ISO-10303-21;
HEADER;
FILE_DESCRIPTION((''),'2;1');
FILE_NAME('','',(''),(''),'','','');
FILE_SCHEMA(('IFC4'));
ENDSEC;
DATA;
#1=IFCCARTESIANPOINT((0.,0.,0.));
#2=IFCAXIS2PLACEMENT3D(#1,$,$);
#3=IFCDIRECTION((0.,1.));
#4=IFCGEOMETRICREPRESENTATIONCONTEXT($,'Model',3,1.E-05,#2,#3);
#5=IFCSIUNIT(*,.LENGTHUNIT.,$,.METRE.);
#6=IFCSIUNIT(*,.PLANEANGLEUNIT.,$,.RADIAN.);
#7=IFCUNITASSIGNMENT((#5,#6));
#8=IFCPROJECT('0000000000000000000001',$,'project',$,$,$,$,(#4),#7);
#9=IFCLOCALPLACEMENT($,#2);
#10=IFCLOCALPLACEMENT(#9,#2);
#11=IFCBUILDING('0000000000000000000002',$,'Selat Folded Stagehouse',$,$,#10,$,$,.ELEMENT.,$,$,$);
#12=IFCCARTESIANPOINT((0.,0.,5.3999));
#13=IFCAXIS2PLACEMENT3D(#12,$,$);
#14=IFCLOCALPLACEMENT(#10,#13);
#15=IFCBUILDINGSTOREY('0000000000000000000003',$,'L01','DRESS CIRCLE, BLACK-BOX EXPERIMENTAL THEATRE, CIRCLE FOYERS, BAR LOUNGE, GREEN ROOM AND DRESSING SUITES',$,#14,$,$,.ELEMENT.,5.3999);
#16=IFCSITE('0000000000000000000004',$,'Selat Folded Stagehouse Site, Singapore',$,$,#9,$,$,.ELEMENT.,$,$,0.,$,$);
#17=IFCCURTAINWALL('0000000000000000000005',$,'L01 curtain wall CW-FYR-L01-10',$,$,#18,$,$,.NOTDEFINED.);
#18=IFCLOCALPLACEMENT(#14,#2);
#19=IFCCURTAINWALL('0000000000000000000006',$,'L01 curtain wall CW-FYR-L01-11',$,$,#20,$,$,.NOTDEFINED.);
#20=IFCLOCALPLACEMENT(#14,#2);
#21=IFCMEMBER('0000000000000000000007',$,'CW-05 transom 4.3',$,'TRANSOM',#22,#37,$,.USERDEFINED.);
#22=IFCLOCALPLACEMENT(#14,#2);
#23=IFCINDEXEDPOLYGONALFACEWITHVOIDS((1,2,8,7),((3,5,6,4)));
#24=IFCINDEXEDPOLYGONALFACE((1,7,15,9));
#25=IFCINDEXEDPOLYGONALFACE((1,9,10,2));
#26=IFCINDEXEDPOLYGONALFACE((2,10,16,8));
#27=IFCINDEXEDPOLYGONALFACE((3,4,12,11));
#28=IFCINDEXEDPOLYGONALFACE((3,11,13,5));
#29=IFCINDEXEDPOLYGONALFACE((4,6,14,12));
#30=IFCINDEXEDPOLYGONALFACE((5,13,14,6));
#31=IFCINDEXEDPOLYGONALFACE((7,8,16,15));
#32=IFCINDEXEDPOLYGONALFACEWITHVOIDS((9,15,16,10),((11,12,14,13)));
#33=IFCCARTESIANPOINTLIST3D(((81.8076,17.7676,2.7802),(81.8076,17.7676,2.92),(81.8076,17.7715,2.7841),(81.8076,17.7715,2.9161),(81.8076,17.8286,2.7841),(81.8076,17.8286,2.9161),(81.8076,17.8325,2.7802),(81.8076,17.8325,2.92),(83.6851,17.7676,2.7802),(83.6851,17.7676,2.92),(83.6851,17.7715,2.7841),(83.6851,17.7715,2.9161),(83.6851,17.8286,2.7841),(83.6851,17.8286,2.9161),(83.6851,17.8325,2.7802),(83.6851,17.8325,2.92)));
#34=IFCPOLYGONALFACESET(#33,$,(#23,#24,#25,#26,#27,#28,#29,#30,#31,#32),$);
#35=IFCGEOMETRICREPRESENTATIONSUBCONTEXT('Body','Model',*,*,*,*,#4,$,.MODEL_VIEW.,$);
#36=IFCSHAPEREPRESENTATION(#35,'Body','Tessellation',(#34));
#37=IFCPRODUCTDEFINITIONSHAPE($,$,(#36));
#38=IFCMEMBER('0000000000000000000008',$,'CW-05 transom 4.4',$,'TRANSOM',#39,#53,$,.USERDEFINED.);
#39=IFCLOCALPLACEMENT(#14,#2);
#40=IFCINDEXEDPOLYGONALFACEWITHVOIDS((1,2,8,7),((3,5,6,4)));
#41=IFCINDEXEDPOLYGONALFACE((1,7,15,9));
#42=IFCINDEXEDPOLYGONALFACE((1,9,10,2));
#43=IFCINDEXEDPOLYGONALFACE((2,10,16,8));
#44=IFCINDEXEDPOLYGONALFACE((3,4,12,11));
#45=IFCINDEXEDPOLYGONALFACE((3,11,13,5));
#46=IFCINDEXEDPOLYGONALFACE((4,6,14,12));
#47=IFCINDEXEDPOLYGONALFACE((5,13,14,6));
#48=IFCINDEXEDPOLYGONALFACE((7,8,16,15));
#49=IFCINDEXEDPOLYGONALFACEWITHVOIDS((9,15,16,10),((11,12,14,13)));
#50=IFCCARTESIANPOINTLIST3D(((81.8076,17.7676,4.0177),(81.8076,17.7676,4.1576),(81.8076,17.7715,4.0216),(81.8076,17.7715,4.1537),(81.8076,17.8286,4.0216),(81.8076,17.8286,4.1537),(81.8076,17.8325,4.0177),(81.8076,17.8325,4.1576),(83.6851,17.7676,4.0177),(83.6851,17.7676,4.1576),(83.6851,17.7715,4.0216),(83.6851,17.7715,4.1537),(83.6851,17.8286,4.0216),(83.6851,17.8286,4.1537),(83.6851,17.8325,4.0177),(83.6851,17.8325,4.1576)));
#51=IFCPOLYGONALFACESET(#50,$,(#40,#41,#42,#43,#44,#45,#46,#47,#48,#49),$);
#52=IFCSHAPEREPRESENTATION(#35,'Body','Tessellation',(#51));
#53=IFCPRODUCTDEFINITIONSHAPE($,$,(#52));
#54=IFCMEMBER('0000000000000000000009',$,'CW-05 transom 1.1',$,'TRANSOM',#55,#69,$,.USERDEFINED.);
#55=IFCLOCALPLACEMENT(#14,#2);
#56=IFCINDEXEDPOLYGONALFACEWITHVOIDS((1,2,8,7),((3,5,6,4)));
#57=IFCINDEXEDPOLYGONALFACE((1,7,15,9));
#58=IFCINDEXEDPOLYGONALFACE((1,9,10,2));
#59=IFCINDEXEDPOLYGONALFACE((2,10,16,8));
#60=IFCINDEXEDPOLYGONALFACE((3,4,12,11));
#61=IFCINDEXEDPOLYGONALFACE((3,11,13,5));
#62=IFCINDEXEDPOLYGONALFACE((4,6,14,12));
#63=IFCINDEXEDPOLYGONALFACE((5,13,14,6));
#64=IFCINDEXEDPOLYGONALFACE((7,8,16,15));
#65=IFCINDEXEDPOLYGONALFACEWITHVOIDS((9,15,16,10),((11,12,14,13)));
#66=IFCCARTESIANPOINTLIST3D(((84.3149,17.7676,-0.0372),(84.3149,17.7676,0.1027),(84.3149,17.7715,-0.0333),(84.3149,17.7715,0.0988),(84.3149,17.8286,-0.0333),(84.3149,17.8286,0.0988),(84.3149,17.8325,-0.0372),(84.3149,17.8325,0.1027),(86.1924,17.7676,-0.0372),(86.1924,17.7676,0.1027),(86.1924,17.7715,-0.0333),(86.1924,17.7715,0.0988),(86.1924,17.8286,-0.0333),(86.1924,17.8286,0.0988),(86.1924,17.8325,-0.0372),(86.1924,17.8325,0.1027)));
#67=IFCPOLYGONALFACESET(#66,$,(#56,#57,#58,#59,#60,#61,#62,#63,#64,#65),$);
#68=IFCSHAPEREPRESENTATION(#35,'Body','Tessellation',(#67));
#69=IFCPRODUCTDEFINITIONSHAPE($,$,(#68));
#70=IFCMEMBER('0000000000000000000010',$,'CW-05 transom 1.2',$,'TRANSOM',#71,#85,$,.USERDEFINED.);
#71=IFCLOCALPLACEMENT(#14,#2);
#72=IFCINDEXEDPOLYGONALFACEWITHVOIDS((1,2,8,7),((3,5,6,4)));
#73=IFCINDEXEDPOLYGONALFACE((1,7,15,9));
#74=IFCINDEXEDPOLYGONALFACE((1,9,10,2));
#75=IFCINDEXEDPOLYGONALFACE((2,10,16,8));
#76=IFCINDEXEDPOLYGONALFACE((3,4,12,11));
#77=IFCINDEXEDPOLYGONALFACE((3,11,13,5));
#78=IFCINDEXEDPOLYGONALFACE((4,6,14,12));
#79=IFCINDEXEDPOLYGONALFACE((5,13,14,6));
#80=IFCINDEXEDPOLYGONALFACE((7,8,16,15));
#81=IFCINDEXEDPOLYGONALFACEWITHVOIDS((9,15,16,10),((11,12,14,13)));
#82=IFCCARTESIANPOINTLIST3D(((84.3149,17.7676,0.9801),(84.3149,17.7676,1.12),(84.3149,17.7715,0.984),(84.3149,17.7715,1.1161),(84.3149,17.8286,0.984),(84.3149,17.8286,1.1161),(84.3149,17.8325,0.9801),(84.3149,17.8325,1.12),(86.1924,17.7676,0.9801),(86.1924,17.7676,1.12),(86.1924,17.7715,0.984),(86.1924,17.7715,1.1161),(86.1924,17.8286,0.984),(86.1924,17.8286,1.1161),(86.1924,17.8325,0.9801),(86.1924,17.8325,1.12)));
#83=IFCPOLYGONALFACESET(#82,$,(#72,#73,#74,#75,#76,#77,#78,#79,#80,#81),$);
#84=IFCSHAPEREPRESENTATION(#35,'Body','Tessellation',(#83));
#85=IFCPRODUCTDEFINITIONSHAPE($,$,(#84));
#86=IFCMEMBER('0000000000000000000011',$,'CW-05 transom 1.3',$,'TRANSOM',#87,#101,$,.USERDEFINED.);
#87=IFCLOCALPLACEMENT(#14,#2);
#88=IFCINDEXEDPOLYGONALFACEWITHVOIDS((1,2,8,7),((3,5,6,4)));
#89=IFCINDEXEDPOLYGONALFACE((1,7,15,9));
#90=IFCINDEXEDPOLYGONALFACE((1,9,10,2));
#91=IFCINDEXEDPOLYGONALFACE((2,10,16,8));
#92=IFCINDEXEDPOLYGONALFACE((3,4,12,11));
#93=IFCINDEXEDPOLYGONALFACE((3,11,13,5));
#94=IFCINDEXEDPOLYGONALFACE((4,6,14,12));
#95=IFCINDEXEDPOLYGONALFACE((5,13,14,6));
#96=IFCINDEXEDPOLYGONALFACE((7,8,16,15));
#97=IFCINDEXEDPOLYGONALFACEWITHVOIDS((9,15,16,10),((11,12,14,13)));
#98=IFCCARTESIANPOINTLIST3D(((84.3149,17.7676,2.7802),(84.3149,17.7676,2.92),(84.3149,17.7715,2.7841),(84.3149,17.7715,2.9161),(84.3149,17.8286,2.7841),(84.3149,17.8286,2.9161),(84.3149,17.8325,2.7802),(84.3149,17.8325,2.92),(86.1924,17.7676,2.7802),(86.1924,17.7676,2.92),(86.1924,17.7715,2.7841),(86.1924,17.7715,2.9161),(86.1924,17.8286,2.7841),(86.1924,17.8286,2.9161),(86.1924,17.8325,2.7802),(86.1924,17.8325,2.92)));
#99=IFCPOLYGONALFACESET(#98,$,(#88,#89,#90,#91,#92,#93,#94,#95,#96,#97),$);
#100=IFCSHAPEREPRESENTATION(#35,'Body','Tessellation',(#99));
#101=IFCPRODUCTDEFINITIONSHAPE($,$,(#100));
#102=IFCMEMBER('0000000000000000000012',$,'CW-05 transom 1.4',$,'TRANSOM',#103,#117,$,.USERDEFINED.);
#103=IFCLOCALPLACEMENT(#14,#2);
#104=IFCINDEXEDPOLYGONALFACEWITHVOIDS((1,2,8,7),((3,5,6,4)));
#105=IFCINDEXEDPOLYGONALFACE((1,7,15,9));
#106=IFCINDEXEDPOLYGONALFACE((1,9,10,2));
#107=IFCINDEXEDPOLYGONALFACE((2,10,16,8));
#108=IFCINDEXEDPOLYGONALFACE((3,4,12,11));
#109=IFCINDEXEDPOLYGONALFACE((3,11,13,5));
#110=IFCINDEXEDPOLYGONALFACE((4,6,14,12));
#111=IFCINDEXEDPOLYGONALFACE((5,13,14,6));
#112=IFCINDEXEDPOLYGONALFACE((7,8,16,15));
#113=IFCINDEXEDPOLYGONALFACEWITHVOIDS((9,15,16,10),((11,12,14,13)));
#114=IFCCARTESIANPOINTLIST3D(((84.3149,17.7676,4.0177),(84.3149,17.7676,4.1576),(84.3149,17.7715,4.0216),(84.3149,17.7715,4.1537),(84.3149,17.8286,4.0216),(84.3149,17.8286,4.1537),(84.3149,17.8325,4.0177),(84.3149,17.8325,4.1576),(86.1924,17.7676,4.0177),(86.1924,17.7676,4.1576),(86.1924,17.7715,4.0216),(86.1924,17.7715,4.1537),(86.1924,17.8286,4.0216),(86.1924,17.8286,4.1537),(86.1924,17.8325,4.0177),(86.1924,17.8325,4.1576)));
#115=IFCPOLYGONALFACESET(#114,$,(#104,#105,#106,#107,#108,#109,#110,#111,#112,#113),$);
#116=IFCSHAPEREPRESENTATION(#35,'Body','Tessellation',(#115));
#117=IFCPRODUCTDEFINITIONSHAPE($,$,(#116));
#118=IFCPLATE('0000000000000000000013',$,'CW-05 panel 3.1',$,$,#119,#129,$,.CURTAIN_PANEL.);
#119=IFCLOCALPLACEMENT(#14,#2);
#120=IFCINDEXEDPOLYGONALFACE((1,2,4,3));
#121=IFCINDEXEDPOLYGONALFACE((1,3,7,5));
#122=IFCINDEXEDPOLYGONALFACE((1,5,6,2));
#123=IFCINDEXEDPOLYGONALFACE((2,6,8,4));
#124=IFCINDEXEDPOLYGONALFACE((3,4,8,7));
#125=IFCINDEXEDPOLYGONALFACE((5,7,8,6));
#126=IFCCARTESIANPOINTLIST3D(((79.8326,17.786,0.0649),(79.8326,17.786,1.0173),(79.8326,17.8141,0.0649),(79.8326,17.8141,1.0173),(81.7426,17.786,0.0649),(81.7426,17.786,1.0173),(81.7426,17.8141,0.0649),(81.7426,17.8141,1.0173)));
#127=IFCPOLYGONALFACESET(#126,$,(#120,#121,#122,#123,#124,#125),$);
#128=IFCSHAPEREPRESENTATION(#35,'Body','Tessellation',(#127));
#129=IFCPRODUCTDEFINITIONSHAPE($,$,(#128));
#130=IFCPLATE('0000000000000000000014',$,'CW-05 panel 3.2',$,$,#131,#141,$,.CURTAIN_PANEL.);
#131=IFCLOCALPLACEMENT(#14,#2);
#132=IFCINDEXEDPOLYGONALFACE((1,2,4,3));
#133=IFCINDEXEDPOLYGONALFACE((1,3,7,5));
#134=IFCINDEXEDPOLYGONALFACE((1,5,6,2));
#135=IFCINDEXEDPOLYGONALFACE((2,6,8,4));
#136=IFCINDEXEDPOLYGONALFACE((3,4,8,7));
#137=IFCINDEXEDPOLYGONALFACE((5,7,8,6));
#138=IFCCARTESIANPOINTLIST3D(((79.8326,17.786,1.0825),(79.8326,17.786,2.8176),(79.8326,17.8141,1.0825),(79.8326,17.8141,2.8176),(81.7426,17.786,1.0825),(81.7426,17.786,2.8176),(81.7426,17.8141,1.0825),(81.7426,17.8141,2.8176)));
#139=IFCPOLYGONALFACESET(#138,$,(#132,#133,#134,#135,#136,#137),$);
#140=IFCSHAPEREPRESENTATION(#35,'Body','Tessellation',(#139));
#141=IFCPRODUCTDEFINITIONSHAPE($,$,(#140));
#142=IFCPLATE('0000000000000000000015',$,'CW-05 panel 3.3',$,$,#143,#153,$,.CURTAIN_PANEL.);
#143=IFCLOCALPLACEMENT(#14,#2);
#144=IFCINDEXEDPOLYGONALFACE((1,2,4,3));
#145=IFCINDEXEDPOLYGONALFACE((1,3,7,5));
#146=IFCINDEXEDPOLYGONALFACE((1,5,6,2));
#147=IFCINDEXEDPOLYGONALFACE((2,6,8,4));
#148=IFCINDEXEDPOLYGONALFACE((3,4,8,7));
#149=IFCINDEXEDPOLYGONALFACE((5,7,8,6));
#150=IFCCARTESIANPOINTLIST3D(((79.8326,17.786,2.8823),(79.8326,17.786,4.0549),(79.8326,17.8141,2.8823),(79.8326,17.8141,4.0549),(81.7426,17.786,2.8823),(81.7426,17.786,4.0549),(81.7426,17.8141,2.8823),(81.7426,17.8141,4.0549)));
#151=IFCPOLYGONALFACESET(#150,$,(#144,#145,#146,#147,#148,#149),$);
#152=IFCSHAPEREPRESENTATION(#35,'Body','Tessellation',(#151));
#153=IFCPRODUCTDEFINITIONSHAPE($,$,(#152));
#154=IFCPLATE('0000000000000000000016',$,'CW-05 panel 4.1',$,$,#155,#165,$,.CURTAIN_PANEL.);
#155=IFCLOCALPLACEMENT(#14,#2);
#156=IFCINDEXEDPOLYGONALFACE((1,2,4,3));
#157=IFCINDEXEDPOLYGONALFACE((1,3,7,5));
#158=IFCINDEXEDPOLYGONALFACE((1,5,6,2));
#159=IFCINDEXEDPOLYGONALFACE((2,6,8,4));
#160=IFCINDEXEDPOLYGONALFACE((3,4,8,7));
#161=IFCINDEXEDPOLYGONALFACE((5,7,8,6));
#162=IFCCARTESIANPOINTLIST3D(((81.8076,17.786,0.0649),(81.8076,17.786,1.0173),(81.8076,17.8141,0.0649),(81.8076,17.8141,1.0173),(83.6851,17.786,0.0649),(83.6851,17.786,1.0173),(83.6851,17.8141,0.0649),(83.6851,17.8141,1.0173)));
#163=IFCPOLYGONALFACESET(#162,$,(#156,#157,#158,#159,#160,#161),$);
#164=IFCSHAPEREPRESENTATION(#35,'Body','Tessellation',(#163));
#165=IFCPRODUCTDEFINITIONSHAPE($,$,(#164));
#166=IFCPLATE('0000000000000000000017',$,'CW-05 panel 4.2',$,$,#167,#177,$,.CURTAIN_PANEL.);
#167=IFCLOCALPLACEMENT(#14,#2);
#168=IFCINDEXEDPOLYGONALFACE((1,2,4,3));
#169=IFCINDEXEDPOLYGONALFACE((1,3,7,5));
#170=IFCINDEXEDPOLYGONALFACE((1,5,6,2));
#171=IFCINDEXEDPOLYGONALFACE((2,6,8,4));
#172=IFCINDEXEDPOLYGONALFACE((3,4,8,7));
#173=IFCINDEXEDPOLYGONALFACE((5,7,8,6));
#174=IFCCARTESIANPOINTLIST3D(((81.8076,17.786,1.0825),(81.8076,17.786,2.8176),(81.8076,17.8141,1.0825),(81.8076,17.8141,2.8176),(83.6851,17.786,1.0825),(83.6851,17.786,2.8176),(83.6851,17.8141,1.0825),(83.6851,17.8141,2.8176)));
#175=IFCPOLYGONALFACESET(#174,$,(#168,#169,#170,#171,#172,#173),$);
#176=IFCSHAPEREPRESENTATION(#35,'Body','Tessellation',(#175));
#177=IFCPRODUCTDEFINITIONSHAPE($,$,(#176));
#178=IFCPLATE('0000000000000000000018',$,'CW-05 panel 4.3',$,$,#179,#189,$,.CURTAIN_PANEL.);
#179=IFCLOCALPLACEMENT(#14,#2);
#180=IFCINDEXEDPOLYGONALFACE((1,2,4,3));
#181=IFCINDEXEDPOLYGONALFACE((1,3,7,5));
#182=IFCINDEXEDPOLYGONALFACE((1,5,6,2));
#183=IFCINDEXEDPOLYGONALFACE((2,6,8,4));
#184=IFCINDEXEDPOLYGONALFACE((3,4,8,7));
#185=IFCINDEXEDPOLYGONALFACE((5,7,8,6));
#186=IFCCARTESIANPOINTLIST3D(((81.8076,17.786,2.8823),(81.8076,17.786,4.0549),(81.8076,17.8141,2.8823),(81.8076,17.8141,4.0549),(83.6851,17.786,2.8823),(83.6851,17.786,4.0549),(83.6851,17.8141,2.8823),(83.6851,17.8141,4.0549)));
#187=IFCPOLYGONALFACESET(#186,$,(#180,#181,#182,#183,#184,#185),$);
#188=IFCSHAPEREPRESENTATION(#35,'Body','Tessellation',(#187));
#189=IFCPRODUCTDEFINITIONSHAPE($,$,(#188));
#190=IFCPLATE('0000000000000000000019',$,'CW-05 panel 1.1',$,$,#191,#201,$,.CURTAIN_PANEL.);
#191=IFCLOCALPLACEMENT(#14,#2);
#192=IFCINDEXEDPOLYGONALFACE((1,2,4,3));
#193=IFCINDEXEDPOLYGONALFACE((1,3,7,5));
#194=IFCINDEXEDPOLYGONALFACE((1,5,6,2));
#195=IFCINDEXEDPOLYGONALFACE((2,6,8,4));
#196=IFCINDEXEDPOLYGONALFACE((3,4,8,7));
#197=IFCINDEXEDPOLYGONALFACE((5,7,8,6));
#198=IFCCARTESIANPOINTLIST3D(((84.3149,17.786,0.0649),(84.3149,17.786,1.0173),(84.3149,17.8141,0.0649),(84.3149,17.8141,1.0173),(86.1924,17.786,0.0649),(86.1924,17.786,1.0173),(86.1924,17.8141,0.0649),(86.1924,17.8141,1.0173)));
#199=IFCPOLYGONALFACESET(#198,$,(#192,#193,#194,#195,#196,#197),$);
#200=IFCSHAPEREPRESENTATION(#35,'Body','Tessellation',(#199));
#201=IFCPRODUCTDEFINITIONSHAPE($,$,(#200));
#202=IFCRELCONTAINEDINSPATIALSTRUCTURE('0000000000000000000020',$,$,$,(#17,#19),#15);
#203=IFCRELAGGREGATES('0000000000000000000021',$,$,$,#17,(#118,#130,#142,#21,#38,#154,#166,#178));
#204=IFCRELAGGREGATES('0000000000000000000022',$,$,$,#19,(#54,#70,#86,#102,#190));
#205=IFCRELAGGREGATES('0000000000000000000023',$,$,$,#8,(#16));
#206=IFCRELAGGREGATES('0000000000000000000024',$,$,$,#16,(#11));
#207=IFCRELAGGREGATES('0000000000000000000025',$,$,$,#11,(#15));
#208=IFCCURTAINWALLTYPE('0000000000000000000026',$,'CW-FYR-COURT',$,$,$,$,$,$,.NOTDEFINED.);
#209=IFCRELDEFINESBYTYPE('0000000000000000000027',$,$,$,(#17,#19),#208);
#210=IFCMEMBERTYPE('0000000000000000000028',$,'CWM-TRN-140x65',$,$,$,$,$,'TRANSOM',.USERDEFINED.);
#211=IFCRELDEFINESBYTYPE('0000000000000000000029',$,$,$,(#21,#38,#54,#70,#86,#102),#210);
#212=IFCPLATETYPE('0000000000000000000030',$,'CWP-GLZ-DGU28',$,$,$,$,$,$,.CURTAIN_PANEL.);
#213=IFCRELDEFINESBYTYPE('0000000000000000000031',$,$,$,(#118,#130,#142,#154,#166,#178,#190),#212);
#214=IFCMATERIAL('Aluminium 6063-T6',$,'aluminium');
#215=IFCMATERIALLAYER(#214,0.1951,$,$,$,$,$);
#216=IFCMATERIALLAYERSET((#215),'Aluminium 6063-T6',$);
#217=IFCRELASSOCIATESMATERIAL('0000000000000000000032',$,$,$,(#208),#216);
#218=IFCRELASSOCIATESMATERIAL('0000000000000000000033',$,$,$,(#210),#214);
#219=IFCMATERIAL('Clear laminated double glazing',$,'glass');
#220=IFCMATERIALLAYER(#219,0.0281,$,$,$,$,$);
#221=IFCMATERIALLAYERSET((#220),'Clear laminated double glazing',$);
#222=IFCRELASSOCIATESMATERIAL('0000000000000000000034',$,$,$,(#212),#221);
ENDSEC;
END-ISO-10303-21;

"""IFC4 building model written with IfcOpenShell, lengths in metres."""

from ifc_helpers import new_model, si_unit, direction, frame, origin, origin_2d, place, context, subcontext, project, spatial, rectangle, hollow_rectangle, extrude, material, layer, layer_set, material_profile, profile_set, type_object, element, aggregate, save


model = new_model("IFC4")

# Units and contexts
model_context = context("Model", 3, precision=1e-05, world=origin(), true_north=direction((0.0, 1.0)))
body_context = subcontext(model_context, "Body", "Model", "MODEL_VIEW")
ifc_project = project(units=[si_unit("LENGTHUNIT", "METRE"), si_unit("PLANEANGLEUNIT", "RADIAN")], contexts=[model_context])

# Site, building, storey
site_placement = place(None, origin())
site = spatial("IfcSite", under=ifc_project, at=site_placement, Name="Selat Folded Stagehouse Site, Singapore", CompositionType="ELEMENT", RefElevation=0.0)
building_placement = place(site_placement, origin())
building = spatial("IfcBuilding", under=site, at=building_placement, Name="Selat Folded Stagehouse", CompositionType="ELEMENT")
storey_placement = place(building_placement, frame((0.0, 0.0, 5.3999)))
storey = spatial("IfcBuildingStorey", under=building, at=storey_placement, Name="L01", Description="DRESS CIRCLE, BLACK-BOX EXPERIMENTAL THEATRE, CIRCLE FOYERS, BAR LOUNGE, GREEN ROOM AND DRESSING SUITES", CompositionType="ELEMENT", Elevation=5.3999)

# Curtain wall
ifc_material_1 = material(Name="Aluminium 6063-T6", Category="aluminium")
ifc_layer_1 = layer(ifc_material_1, 0.1951)
ifc_layer_set_1 = layer_set([ifc_layer_1], Name="Aluminium 6063-T6")
curtain_wall_type = type_object("IfcCurtainWallType", Name="CW-FYR-COURT", PredefinedType="NOTDEFINED", material=ifc_layer_set_1)
curtain_wall_1_placement = place(storey_placement, origin())
curtain_wall_1 = element("IfcCurtainWall", 1, at=curtain_wall_1_placement, inside=storey, type_object=curtain_wall_type, Name="L01 curtain wall CW-FYR-L01-10", PredefinedType="NOTDEFINED")

# Curtain wall
curtain_wall_2_placement = place(storey_placement, origin())
curtain_wall_2 = element("IfcCurtainWall", 2, at=curtain_wall_2_placement, inside=storey, type_object=curtain_wall_type, Name="L01 curtain wall CW-FYR-L01-11", PredefinedType="NOTDEFINED")

# Members
ifc_material_profile_1 = material_profile(ifc_material_1, hollow_rectangle(XDim=0.0649, YDim=0.1399, WallThickness=0.0039, at=origin_2d()), Name="ALU 140x65x4.0")
ifc_profile_set_1 = profile_set([ifc_material_profile_1], Name="Aluminium 6063-T6")
member_type_1 = type_object("IfcMemberType", Name="CWM-TRN-140x65", ElementType="TRANSOM", PredefinedType="USERDEFINED", material=ifc_profile_set_1)
member_1_placement = place(storey_placement, frame((81.8076, 17.8, 2.8501), z_axis=(1.0, 0.0, 0.0), x_axis=(0.0, 1.0, 0.0)))
member_1 = element("IfcMember", 3, at=member_1_placement, type_object=member_type_1, Name="CW-05 transom 4.3", ObjectType="TRANSOM", PredefinedType="USERDEFINED", context=body_context, shape_type="SweptSolid", body=[
    extrude(hollow_rectangle(XDim=0.0649, YDim=0.1399, WallThickness=0.0039, at=origin_2d()), origin(), (0.0, 0.0, 1.0), 1.8774),
])
member_2_placement = place(storey_placement, frame((81.8076, 17.8, 4.0876), z_axis=(1.0, 0.0, 0.0), x_axis=(0.0, 1.0, 0.0)))
member_2 = element("IfcMember", 4, at=member_2_placement, type_object=member_type_1, Name="CW-05 transom 4.4", ObjectType="TRANSOM", PredefinedType="USERDEFINED", context=body_context, shape_type="SweptSolid", body=[
    extrude(hollow_rectangle(XDim=0.0649, YDim=0.1399, WallThickness=0.0039, at=origin_2d()), origin(), (0.0, 0.0, 1.0), 1.8774),
])
member_3_placement = place(storey_placement, frame((84.3149, 17.8, 0.0327), z_axis=(1.0, 0.0, 0.0), x_axis=(0.0, 1.0, 0.0)))
member_3 = element("IfcMember", 5, at=member_3_placement, type_object=member_type_1, Name="CW-05 transom 1.1", ObjectType="TRANSOM", PredefinedType="USERDEFINED", context=body_context, shape_type="SweptSolid", body=[
    extrude(hollow_rectangle(XDim=0.0649, YDim=0.1399, WallThickness=0.0039, at=origin_2d()), origin(), (0.0, 0.0, 1.0), 1.8774),
])
member_4_placement = place(storey_placement, frame((84.3149, 17.8, 1.05), z_axis=(1.0, 0.0, 0.0), x_axis=(0.0, 1.0, 0.0)))
member_4 = element("IfcMember", 6, at=member_4_placement, type_object=member_type_1, Name="CW-05 transom 1.2", ObjectType="TRANSOM", PredefinedType="USERDEFINED", context=body_context, shape_type="SweptSolid", body=[
    extrude(hollow_rectangle(XDim=0.0649, YDim=0.1399, WallThickness=0.0039, at=origin_2d()), origin(), (0.0, 0.0, 1.0), 1.8774),
])
member_5_placement = place(storey_placement, frame((84.3149, 17.8, 2.8501), z_axis=(1.0, 0.0, 0.0), x_axis=(0.0, 1.0, 0.0)))
member_5 = element("IfcMember", 7, at=member_5_placement, type_object=member_type_1, Name="CW-05 transom 1.3", ObjectType="TRANSOM", PredefinedType="USERDEFINED", context=body_context, shape_type="SweptSolid", body=[
    extrude(hollow_rectangle(XDim=0.0649, YDim=0.1399, WallThickness=0.0039, at=origin_2d()), origin(), (0.0, 0.0, 1.0), 1.8774),
])
member_6_placement = place(storey_placement, frame((84.3149, 17.8, 4.0876), z_axis=(1.0, 0.0, 0.0), x_axis=(0.0, 1.0, 0.0)))
member_6 = element("IfcMember", 8, at=member_6_placement, type_object=member_type_1, Name="CW-05 transom 1.4", ObjectType="TRANSOM", PredefinedType="USERDEFINED", context=body_context, shape_type="SweptSolid", body=[
    extrude(hollow_rectangle(XDim=0.0649, YDim=0.1399, WallThickness=0.0039, at=origin_2d()), origin(), (0.0, 0.0, 1.0), 1.8774),
])

# Plates
ifc_material_2 = material(Name="Clear laminated double glazing", Category="glass")
ifc_layer_2 = layer(ifc_material_2, 0.0281)
ifc_layer_set_2 = layer_set([ifc_layer_2], Name="Clear laminated double glazing")
plate_type = type_object("IfcPlateType", Name="CWP-GLZ-DGU28", PredefinedType="CURTAIN_PANEL", material=ifc_layer_set_2)
plate_1_placement = place(storey_placement, frame((80.7876, 17.8, 0.0649), z_axis=(0.0, 0.0, 1.0), x_axis=(1.0, 0.0, 0.0)))
plate_1 = element("IfcPlate", 9, at=plate_1_placement, type_object=plate_type, Name="CW-05 panel 3.1", PredefinedType="CURTAIN_PANEL", context=body_context, shape_type="SweptSolid", body=[
    extrude(rectangle(XDim=1.9099, YDim=0.0281, at=origin_2d()), origin(), (0.0, 0.0, 1.0), 0.9524),
])
plate_2_placement = place(storey_placement, frame((80.7876, 17.8, 1.0825), z_axis=(0.0, 0.0, 1.0), x_axis=(1.0, 0.0, 0.0)))
plate_2 = element("IfcPlate", 10, at=plate_2_placement, type_object=plate_type, Name="CW-05 panel 3.2", PredefinedType="CURTAIN_PANEL", context=body_context, shape_type="SweptSolid", body=[
    extrude(rectangle(XDim=1.9099, YDim=0.0281, at=origin_2d()), origin(), (0.0, 0.0, 1.0), 1.7351),
])
plate_3_placement = place(storey_placement, frame((80.7876, 17.8, 2.8823), z_axis=(0.0, 0.0, 1.0), x_axis=(1.0, 0.0, 0.0)))
plate_3 = element("IfcPlate", 11, at=plate_3_placement, type_object=plate_type, Name="CW-05 panel 3.3", PredefinedType="CURTAIN_PANEL", context=body_context, shape_type="SweptSolid", body=[
    extrude(rectangle(XDim=1.9099, YDim=0.0281, at=origin_2d()), origin(), (0.0, 0.0, 1.0), 1.1726),
])
plate_4_placement = place(storey_placement, frame((82.7463, 17.8, 0.0649), z_axis=(0.0, 0.0, 1.0), x_axis=(1.0, 0.0, 0.0)))
plate_4 = element("IfcPlate", 12, at=plate_4_placement, type_object=plate_type, Name="CW-05 panel 4.1", PredefinedType="CURTAIN_PANEL", context=body_context, shape_type="SweptSolid", body=[
    extrude(rectangle(XDim=1.8774, YDim=0.0281, at=origin_2d()), origin(), (0.0, 0.0, 1.0), 0.9524),
])
plate_5_placement = place(storey_placement, frame((82.7463, 17.8, 1.0825), z_axis=(0.0, 0.0, 1.0), x_axis=(1.0, 0.0, 0.0)))
plate_5 = element("IfcPlate", 13, at=plate_5_placement, type_object=plate_type, Name="CW-05 panel 4.2", PredefinedType="CURTAIN_PANEL", context=body_context, shape_type="SweptSolid", body=[
    extrude(rectangle(XDim=1.8774, YDim=0.0281, at=origin_2d()), origin(), (0.0, 0.0, 1.0), 1.7351),
])
plate_6_placement = place(storey_placement, frame((82.7463, 17.8, 2.8823), z_axis=(0.0, 0.0, 1.0), x_axis=(1.0, 0.0, 0.0)))
plate_6 = element("IfcPlate", 14, at=plate_6_placement, type_object=plate_type, Name="CW-05 panel 4.3", PredefinedType="CURTAIN_PANEL", context=body_context, shape_type="SweptSolid", body=[
    extrude(rectangle(XDim=1.8774, YDim=0.0281, at=origin_2d()), origin(), (0.0, 0.0, 1.0), 1.1726),
])
aggregate(curtain_wall_1, [plate_1, plate_2, plate_3, member_1, member_2, plate_4, plate_5, plate_6])
plate_7_placement = place(storey_placement, frame((85.2537, 17.8, 0.0649), z_axis=(0.0, 0.0, 1.0), x_axis=(1.0, 0.0, 0.0)))
plate_7 = element("IfcPlate", 15, at=plate_7_placement, type_object=plate_type, Name="CW-05 panel 1.1", PredefinedType="CURTAIN_PANEL", context=body_context, shape_type="SweptSolid", body=[
    extrude(rectangle(XDim=1.8774, YDim=0.0281, at=origin_2d()), origin(), (0.0, 0.0, 1.0), 0.9524),
])
aggregate(curtain_wall_2, [member_3, member_4, member_5, member_6, plate_7])

save(model, "model.ifc")
